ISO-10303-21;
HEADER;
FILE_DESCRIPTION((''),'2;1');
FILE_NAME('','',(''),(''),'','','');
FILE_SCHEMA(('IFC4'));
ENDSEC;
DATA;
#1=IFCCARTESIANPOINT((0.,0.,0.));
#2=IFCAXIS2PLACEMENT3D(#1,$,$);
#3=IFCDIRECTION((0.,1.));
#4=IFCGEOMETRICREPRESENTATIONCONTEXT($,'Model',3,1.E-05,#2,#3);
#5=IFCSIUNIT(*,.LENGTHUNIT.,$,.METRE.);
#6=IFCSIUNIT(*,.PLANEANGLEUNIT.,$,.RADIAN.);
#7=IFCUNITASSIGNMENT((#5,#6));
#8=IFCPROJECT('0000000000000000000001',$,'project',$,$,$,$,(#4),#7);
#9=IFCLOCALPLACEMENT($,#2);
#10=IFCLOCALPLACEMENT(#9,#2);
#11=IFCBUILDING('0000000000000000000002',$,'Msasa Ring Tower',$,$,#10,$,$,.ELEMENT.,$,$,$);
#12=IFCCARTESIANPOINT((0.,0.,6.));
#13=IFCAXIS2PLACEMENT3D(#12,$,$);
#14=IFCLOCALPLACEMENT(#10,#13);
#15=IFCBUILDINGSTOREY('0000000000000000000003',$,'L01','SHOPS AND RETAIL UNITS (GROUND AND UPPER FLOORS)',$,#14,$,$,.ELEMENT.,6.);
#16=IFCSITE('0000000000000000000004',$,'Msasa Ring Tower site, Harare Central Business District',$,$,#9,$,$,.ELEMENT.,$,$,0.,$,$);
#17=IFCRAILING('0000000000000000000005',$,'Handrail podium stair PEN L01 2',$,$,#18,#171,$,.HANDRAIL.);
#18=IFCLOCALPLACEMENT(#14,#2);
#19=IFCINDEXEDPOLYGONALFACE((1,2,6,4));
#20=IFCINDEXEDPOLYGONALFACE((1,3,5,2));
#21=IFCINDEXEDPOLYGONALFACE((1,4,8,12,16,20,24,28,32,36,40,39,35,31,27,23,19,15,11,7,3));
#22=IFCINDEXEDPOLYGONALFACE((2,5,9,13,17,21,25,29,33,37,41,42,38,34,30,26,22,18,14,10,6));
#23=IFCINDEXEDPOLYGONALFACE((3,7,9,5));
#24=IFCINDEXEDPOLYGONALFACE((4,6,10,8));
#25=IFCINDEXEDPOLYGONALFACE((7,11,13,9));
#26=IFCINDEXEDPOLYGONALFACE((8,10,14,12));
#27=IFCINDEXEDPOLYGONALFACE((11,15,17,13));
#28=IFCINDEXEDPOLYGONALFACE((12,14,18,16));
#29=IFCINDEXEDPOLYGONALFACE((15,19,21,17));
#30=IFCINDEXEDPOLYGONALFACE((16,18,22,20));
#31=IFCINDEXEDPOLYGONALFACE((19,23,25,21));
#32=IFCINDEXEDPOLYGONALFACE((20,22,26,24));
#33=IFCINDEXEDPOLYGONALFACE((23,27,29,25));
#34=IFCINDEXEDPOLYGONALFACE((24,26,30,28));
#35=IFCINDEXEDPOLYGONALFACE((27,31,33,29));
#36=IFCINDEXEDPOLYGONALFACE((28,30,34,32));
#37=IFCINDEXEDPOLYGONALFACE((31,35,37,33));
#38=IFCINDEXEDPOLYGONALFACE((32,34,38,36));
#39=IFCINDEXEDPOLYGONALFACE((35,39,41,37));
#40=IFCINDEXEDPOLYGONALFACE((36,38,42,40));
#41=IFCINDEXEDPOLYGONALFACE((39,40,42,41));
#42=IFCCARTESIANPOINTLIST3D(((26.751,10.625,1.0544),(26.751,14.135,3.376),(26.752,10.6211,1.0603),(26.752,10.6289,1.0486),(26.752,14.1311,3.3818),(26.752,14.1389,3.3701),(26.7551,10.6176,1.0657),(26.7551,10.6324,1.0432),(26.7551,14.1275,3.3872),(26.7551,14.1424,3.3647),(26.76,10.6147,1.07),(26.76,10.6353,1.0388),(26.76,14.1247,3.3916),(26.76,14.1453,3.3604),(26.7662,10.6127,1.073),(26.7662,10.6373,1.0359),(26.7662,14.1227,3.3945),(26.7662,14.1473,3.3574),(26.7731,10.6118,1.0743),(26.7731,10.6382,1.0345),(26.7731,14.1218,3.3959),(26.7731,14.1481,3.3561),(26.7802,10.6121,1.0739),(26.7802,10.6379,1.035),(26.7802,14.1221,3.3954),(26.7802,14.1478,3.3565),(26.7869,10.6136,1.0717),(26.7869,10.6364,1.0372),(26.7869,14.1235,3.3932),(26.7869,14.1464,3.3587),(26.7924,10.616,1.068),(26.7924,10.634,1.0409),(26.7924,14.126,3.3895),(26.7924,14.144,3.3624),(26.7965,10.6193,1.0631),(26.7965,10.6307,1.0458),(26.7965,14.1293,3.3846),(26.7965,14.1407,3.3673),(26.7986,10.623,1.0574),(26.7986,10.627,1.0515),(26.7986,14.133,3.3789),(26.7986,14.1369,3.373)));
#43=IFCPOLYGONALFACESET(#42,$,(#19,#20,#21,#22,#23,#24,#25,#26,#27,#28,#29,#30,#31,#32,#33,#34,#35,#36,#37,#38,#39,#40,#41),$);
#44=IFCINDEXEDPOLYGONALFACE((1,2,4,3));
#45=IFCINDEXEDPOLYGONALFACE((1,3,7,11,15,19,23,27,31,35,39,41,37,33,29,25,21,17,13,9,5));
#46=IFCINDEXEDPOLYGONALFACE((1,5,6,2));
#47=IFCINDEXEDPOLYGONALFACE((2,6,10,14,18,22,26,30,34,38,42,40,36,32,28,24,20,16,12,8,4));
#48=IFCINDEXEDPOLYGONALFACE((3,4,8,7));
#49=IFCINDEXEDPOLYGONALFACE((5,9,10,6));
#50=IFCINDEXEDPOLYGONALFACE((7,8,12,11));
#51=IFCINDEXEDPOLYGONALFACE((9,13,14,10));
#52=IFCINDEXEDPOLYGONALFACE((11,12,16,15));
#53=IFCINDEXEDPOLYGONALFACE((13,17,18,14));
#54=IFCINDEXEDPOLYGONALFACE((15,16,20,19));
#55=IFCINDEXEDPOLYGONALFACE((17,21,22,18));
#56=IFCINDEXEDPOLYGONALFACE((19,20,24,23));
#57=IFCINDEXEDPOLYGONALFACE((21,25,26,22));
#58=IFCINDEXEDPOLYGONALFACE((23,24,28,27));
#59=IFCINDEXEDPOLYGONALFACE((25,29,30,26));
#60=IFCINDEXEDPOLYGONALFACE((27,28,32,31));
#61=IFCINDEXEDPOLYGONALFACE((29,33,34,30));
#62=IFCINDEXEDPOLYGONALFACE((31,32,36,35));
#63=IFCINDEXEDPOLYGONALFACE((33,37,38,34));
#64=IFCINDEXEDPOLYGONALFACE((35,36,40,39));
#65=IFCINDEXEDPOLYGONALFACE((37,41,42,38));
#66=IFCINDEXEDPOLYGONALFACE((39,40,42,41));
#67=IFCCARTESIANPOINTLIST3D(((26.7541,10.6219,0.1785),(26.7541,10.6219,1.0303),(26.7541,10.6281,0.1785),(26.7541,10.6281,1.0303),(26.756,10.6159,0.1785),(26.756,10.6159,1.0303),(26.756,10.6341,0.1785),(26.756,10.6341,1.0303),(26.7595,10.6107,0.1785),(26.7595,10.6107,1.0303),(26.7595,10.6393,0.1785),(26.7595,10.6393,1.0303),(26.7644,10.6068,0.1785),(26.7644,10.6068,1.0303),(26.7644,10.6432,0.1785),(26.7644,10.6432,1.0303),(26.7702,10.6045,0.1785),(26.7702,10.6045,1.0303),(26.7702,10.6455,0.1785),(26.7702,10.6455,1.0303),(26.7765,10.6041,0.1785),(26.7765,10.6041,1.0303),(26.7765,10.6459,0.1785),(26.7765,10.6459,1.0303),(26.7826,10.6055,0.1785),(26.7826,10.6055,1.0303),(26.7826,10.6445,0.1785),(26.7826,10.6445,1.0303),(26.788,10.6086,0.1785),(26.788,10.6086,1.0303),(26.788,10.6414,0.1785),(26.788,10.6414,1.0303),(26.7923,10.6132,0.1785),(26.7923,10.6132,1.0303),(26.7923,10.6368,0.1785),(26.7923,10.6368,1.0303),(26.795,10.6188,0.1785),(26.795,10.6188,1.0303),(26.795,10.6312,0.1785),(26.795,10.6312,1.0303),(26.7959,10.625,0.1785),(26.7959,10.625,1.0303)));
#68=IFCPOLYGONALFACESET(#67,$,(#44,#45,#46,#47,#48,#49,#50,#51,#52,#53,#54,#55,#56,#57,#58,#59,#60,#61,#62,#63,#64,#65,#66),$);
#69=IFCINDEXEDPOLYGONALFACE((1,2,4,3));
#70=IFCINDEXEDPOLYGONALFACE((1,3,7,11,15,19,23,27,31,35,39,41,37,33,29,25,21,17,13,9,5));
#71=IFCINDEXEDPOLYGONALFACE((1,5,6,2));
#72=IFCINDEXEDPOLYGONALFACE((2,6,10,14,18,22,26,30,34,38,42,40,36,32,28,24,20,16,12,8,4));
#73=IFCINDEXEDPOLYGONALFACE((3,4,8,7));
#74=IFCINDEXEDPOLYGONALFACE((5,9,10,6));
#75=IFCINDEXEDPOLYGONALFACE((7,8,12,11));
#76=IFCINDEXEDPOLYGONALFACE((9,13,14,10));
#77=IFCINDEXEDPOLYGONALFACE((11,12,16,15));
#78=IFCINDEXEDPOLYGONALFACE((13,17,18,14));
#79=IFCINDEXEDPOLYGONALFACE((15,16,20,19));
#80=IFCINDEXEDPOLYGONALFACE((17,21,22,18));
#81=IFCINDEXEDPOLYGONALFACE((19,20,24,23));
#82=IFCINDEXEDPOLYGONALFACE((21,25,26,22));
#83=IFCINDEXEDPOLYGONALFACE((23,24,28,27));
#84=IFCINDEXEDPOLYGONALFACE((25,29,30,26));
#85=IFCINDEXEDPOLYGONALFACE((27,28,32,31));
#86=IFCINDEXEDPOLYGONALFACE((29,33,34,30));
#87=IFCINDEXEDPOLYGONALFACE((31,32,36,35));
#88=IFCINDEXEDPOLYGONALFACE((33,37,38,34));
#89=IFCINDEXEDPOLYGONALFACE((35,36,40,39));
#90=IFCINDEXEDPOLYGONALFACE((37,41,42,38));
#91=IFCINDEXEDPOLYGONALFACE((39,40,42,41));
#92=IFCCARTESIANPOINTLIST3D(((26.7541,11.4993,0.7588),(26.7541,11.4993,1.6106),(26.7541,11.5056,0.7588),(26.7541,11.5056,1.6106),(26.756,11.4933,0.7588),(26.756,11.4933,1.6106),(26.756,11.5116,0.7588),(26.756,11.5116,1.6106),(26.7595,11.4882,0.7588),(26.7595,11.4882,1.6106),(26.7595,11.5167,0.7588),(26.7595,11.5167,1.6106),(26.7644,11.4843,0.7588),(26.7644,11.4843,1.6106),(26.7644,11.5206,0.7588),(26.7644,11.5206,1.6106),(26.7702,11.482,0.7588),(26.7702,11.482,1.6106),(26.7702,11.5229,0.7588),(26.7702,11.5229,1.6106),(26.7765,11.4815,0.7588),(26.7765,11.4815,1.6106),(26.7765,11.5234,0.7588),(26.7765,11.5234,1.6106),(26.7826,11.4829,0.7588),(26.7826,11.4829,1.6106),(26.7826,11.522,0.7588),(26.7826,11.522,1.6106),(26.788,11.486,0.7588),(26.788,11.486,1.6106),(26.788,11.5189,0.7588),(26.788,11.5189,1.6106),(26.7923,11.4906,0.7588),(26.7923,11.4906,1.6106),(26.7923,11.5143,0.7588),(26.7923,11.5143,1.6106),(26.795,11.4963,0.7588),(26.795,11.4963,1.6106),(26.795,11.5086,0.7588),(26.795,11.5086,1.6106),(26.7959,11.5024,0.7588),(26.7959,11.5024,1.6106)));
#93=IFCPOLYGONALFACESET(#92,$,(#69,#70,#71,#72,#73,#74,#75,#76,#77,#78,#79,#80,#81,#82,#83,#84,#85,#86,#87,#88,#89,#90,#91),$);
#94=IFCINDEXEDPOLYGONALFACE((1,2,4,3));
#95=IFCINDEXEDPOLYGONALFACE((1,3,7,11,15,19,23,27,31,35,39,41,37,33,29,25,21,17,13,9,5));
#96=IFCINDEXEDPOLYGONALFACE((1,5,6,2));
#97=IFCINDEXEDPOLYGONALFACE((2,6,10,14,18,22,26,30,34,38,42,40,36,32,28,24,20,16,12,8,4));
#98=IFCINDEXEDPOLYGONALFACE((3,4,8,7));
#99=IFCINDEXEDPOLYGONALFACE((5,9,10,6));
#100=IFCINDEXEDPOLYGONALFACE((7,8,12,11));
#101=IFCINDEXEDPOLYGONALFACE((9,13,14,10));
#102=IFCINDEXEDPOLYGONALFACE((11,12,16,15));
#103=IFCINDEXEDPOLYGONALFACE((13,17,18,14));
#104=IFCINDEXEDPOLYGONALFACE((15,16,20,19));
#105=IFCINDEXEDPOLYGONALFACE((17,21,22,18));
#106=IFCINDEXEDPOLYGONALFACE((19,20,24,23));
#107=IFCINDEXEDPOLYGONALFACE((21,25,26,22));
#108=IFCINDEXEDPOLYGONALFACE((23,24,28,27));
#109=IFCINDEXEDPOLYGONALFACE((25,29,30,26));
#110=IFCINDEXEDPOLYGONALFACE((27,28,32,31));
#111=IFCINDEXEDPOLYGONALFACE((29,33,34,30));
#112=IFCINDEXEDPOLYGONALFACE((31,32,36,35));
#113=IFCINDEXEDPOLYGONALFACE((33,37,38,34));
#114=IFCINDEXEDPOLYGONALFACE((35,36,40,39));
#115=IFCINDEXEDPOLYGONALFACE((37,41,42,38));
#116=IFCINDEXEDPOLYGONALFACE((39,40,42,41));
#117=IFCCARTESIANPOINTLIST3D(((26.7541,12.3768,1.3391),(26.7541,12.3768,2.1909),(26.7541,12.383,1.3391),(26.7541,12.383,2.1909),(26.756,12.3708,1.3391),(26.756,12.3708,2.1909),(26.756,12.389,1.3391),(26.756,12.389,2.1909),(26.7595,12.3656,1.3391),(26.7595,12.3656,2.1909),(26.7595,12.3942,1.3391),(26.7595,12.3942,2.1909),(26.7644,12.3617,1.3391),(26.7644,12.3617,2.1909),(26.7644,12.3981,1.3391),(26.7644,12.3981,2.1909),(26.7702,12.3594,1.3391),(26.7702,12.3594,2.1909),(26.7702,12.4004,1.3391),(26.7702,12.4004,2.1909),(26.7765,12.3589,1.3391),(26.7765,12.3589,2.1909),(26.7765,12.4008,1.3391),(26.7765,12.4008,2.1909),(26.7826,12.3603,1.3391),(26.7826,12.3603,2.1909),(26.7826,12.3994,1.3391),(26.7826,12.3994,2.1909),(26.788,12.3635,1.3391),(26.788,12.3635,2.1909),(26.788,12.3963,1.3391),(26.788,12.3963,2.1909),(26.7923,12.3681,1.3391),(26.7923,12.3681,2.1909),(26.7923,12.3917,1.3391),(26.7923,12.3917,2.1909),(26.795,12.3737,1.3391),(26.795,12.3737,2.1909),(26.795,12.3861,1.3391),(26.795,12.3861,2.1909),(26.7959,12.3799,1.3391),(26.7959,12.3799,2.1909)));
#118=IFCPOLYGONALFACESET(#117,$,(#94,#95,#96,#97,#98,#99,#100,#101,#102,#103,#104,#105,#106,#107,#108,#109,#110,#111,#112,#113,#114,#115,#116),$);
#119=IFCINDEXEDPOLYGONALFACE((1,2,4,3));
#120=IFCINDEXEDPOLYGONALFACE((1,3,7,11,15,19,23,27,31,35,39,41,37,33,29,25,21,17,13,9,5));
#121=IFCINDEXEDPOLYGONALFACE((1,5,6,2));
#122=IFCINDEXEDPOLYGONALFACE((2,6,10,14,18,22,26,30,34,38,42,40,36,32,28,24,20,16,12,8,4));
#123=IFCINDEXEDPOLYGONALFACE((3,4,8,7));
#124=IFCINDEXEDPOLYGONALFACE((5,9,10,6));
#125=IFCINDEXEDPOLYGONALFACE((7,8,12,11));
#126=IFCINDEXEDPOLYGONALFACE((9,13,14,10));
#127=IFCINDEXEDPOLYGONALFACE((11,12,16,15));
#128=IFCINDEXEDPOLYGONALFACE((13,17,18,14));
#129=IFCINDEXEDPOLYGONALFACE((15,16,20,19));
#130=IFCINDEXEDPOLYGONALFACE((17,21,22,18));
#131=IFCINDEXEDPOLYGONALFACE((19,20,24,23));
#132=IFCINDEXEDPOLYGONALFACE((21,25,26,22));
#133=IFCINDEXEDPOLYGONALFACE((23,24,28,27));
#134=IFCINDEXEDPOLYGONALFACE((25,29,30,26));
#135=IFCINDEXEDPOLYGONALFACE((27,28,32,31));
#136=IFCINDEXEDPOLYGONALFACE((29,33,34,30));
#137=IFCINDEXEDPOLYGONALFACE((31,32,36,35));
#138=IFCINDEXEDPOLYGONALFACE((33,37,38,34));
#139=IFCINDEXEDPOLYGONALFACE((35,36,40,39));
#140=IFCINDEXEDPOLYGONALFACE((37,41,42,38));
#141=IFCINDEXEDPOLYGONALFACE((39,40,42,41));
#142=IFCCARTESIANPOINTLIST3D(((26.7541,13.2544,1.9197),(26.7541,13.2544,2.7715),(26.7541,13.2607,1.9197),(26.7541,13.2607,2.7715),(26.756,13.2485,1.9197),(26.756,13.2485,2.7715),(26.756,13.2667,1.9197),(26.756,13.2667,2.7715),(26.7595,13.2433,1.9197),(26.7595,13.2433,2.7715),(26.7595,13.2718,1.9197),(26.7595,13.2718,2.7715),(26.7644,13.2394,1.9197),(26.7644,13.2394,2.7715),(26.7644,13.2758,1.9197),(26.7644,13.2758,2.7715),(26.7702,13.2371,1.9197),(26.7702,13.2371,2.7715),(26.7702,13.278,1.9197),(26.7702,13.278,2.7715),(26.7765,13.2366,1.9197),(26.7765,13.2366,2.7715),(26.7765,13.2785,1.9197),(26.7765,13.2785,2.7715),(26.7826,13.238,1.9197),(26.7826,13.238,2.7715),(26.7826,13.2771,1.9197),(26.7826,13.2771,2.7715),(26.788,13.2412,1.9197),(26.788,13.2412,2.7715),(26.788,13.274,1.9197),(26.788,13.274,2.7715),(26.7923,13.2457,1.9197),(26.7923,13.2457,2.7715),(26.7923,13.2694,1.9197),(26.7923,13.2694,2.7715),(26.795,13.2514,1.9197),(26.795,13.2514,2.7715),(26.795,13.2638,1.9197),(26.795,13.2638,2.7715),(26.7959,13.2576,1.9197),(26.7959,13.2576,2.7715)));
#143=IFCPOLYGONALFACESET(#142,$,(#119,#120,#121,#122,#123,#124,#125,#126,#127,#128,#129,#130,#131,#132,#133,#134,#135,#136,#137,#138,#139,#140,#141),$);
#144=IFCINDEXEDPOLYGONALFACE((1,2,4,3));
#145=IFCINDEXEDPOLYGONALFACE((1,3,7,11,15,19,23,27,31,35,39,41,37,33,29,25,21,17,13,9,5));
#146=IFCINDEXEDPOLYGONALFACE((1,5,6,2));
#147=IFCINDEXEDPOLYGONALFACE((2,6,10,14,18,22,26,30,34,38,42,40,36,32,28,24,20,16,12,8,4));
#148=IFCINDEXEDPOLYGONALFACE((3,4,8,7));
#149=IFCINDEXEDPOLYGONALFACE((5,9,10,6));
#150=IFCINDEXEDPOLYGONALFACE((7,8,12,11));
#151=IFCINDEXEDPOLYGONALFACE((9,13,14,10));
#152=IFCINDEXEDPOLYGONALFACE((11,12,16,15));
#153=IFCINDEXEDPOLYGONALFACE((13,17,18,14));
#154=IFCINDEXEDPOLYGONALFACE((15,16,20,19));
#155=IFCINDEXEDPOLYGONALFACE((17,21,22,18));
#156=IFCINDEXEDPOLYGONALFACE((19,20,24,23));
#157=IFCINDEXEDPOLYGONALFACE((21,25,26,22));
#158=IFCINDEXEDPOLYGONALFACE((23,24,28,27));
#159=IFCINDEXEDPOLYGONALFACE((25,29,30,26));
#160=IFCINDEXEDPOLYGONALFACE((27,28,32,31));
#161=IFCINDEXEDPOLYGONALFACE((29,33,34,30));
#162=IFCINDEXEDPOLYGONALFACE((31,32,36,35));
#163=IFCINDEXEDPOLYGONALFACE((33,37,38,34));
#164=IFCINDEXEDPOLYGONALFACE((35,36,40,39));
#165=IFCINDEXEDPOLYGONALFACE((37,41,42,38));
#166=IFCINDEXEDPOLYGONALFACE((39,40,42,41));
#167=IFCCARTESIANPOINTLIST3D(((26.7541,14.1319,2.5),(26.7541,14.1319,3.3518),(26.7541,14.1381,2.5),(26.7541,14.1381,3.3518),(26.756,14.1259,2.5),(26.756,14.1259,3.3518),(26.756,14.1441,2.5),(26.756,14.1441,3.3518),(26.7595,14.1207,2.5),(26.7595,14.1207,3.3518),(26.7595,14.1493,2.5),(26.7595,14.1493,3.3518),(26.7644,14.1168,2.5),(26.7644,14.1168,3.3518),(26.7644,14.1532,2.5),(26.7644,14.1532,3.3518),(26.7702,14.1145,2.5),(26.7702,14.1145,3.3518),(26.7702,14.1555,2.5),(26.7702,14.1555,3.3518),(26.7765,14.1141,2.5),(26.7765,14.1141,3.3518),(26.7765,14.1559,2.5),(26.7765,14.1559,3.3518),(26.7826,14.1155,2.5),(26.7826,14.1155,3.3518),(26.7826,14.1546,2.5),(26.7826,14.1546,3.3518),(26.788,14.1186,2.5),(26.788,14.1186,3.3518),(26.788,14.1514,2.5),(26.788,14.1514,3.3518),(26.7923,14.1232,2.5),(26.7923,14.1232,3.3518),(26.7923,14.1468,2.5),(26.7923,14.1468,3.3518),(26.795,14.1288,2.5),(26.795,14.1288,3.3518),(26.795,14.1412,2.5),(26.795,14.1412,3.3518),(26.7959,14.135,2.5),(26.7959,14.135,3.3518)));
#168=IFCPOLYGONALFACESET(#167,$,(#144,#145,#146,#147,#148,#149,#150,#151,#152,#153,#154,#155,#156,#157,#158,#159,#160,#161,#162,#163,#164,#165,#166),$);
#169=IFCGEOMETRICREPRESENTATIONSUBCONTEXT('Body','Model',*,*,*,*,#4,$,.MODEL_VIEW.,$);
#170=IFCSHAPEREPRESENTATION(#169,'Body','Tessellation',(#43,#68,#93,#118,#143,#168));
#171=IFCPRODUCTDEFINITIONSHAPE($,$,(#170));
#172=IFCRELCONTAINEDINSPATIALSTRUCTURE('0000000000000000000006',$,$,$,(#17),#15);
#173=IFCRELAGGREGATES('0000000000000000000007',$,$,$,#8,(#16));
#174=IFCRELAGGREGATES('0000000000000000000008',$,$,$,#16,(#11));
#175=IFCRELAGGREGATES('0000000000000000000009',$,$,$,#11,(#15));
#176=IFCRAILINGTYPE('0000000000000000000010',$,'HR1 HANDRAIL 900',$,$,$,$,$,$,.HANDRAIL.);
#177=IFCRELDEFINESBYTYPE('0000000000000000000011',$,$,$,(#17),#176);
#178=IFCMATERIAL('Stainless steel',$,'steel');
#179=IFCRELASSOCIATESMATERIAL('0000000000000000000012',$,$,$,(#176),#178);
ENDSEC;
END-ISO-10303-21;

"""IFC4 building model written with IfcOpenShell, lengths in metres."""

from ifc_helpers import new_model, si_unit, direction, frame, origin, origin_2d, place, context, subcontext, project, spatial, circle, extrude, material, type_object, element, save


model = new_model("IFC4")

# Units and contexts
model_context = context("Model", 3, precision=1e-05, world=origin(), true_north=direction((0.0, 1.0)))
body_context = subcontext(model_context, "Body", "Model", "MODEL_VIEW")
ifc_project = project(units=[si_unit("LENGTHUNIT", "METRE"), si_unit("PLANEANGLEUNIT", "RADIAN")], contexts=[model_context])

# Site, building, storey
site_placement = place(None, origin())
site = spatial("IfcSite", under=ifc_project, at=site_placement, Name="Msasa Ring Tower site, Harare Central Business District", CompositionType="ELEMENT", RefElevation=0.0)
building_placement = place(site_placement, origin())
building = spatial("IfcBuilding", under=site, at=building_placement, Name="Msasa Ring Tower", CompositionType="ELEMENT")
storey_placement = place(building_placement, frame((0.0, 0.0, 6.0)))
storey = spatial("IfcBuildingStorey", under=building, at=storey_placement, Name="L01", Description="SHOPS AND RETAIL UNITS (GROUND AND UPPER FLOORS)", CompositionType="ELEMENT", Elevation=6.0)

# Railing
ifc_material_1 = material(Name="Stainless steel", Category="steel")
railing_type = type_object("IfcRailingType", Name="HR1 HANDRAIL 900", PredefinedType="HANDRAIL", material=ifc_material_1)
for number, where, name in (
    (1, (26.7749, 10.625, 0.1785), "Handrail podium stair PEN L01 2"),
):
    element("IfcRailing", number, at=place(storey_placement, frame(where)), inside=storey, type_object=railing_type, Name=name, PredefinedType="HANDRAIL", context=body_context, shape_type="SweptSolid", body=[
        extrude(circle(Radius=0.0239, at=origin_2d()), frame((0.0, 0.0, 0.876), z_axis=(0.0, 0.834071, 0.551657), x_axis=(-1.0, 0.0, 0.0)), (0.0, 0.0, 1.0), 4.2083),
        extrude(circle(Radius=0.021, at=origin_2d()), origin(), (0.0, 0.0, 1.0), 0.8518),
        extrude(circle(Radius=0.021, at=origin_2d()), frame((0.0, 0.8774, 0.5803)), (0.0, 0.0, 1.0), 0.8518),
        extrude(circle(Radius=0.021, at=origin_2d()), frame((0.0, 1.7549, 1.1606)), (0.0, 0.0, 1.0), 0.8518),
        extrude(circle(Radius=0.021, at=origin_2d()), frame((0.0, 2.6326, 1.7412)), (0.0, 0.0, 1.0), 0.8518),
        extrude(circle(Radius=0.021, at=origin_2d()), frame((0.0, 3.51, 2.3215)), (0.0, 0.0, 1.0), 0.8518),
    ])

save(model, "model.ifc")
